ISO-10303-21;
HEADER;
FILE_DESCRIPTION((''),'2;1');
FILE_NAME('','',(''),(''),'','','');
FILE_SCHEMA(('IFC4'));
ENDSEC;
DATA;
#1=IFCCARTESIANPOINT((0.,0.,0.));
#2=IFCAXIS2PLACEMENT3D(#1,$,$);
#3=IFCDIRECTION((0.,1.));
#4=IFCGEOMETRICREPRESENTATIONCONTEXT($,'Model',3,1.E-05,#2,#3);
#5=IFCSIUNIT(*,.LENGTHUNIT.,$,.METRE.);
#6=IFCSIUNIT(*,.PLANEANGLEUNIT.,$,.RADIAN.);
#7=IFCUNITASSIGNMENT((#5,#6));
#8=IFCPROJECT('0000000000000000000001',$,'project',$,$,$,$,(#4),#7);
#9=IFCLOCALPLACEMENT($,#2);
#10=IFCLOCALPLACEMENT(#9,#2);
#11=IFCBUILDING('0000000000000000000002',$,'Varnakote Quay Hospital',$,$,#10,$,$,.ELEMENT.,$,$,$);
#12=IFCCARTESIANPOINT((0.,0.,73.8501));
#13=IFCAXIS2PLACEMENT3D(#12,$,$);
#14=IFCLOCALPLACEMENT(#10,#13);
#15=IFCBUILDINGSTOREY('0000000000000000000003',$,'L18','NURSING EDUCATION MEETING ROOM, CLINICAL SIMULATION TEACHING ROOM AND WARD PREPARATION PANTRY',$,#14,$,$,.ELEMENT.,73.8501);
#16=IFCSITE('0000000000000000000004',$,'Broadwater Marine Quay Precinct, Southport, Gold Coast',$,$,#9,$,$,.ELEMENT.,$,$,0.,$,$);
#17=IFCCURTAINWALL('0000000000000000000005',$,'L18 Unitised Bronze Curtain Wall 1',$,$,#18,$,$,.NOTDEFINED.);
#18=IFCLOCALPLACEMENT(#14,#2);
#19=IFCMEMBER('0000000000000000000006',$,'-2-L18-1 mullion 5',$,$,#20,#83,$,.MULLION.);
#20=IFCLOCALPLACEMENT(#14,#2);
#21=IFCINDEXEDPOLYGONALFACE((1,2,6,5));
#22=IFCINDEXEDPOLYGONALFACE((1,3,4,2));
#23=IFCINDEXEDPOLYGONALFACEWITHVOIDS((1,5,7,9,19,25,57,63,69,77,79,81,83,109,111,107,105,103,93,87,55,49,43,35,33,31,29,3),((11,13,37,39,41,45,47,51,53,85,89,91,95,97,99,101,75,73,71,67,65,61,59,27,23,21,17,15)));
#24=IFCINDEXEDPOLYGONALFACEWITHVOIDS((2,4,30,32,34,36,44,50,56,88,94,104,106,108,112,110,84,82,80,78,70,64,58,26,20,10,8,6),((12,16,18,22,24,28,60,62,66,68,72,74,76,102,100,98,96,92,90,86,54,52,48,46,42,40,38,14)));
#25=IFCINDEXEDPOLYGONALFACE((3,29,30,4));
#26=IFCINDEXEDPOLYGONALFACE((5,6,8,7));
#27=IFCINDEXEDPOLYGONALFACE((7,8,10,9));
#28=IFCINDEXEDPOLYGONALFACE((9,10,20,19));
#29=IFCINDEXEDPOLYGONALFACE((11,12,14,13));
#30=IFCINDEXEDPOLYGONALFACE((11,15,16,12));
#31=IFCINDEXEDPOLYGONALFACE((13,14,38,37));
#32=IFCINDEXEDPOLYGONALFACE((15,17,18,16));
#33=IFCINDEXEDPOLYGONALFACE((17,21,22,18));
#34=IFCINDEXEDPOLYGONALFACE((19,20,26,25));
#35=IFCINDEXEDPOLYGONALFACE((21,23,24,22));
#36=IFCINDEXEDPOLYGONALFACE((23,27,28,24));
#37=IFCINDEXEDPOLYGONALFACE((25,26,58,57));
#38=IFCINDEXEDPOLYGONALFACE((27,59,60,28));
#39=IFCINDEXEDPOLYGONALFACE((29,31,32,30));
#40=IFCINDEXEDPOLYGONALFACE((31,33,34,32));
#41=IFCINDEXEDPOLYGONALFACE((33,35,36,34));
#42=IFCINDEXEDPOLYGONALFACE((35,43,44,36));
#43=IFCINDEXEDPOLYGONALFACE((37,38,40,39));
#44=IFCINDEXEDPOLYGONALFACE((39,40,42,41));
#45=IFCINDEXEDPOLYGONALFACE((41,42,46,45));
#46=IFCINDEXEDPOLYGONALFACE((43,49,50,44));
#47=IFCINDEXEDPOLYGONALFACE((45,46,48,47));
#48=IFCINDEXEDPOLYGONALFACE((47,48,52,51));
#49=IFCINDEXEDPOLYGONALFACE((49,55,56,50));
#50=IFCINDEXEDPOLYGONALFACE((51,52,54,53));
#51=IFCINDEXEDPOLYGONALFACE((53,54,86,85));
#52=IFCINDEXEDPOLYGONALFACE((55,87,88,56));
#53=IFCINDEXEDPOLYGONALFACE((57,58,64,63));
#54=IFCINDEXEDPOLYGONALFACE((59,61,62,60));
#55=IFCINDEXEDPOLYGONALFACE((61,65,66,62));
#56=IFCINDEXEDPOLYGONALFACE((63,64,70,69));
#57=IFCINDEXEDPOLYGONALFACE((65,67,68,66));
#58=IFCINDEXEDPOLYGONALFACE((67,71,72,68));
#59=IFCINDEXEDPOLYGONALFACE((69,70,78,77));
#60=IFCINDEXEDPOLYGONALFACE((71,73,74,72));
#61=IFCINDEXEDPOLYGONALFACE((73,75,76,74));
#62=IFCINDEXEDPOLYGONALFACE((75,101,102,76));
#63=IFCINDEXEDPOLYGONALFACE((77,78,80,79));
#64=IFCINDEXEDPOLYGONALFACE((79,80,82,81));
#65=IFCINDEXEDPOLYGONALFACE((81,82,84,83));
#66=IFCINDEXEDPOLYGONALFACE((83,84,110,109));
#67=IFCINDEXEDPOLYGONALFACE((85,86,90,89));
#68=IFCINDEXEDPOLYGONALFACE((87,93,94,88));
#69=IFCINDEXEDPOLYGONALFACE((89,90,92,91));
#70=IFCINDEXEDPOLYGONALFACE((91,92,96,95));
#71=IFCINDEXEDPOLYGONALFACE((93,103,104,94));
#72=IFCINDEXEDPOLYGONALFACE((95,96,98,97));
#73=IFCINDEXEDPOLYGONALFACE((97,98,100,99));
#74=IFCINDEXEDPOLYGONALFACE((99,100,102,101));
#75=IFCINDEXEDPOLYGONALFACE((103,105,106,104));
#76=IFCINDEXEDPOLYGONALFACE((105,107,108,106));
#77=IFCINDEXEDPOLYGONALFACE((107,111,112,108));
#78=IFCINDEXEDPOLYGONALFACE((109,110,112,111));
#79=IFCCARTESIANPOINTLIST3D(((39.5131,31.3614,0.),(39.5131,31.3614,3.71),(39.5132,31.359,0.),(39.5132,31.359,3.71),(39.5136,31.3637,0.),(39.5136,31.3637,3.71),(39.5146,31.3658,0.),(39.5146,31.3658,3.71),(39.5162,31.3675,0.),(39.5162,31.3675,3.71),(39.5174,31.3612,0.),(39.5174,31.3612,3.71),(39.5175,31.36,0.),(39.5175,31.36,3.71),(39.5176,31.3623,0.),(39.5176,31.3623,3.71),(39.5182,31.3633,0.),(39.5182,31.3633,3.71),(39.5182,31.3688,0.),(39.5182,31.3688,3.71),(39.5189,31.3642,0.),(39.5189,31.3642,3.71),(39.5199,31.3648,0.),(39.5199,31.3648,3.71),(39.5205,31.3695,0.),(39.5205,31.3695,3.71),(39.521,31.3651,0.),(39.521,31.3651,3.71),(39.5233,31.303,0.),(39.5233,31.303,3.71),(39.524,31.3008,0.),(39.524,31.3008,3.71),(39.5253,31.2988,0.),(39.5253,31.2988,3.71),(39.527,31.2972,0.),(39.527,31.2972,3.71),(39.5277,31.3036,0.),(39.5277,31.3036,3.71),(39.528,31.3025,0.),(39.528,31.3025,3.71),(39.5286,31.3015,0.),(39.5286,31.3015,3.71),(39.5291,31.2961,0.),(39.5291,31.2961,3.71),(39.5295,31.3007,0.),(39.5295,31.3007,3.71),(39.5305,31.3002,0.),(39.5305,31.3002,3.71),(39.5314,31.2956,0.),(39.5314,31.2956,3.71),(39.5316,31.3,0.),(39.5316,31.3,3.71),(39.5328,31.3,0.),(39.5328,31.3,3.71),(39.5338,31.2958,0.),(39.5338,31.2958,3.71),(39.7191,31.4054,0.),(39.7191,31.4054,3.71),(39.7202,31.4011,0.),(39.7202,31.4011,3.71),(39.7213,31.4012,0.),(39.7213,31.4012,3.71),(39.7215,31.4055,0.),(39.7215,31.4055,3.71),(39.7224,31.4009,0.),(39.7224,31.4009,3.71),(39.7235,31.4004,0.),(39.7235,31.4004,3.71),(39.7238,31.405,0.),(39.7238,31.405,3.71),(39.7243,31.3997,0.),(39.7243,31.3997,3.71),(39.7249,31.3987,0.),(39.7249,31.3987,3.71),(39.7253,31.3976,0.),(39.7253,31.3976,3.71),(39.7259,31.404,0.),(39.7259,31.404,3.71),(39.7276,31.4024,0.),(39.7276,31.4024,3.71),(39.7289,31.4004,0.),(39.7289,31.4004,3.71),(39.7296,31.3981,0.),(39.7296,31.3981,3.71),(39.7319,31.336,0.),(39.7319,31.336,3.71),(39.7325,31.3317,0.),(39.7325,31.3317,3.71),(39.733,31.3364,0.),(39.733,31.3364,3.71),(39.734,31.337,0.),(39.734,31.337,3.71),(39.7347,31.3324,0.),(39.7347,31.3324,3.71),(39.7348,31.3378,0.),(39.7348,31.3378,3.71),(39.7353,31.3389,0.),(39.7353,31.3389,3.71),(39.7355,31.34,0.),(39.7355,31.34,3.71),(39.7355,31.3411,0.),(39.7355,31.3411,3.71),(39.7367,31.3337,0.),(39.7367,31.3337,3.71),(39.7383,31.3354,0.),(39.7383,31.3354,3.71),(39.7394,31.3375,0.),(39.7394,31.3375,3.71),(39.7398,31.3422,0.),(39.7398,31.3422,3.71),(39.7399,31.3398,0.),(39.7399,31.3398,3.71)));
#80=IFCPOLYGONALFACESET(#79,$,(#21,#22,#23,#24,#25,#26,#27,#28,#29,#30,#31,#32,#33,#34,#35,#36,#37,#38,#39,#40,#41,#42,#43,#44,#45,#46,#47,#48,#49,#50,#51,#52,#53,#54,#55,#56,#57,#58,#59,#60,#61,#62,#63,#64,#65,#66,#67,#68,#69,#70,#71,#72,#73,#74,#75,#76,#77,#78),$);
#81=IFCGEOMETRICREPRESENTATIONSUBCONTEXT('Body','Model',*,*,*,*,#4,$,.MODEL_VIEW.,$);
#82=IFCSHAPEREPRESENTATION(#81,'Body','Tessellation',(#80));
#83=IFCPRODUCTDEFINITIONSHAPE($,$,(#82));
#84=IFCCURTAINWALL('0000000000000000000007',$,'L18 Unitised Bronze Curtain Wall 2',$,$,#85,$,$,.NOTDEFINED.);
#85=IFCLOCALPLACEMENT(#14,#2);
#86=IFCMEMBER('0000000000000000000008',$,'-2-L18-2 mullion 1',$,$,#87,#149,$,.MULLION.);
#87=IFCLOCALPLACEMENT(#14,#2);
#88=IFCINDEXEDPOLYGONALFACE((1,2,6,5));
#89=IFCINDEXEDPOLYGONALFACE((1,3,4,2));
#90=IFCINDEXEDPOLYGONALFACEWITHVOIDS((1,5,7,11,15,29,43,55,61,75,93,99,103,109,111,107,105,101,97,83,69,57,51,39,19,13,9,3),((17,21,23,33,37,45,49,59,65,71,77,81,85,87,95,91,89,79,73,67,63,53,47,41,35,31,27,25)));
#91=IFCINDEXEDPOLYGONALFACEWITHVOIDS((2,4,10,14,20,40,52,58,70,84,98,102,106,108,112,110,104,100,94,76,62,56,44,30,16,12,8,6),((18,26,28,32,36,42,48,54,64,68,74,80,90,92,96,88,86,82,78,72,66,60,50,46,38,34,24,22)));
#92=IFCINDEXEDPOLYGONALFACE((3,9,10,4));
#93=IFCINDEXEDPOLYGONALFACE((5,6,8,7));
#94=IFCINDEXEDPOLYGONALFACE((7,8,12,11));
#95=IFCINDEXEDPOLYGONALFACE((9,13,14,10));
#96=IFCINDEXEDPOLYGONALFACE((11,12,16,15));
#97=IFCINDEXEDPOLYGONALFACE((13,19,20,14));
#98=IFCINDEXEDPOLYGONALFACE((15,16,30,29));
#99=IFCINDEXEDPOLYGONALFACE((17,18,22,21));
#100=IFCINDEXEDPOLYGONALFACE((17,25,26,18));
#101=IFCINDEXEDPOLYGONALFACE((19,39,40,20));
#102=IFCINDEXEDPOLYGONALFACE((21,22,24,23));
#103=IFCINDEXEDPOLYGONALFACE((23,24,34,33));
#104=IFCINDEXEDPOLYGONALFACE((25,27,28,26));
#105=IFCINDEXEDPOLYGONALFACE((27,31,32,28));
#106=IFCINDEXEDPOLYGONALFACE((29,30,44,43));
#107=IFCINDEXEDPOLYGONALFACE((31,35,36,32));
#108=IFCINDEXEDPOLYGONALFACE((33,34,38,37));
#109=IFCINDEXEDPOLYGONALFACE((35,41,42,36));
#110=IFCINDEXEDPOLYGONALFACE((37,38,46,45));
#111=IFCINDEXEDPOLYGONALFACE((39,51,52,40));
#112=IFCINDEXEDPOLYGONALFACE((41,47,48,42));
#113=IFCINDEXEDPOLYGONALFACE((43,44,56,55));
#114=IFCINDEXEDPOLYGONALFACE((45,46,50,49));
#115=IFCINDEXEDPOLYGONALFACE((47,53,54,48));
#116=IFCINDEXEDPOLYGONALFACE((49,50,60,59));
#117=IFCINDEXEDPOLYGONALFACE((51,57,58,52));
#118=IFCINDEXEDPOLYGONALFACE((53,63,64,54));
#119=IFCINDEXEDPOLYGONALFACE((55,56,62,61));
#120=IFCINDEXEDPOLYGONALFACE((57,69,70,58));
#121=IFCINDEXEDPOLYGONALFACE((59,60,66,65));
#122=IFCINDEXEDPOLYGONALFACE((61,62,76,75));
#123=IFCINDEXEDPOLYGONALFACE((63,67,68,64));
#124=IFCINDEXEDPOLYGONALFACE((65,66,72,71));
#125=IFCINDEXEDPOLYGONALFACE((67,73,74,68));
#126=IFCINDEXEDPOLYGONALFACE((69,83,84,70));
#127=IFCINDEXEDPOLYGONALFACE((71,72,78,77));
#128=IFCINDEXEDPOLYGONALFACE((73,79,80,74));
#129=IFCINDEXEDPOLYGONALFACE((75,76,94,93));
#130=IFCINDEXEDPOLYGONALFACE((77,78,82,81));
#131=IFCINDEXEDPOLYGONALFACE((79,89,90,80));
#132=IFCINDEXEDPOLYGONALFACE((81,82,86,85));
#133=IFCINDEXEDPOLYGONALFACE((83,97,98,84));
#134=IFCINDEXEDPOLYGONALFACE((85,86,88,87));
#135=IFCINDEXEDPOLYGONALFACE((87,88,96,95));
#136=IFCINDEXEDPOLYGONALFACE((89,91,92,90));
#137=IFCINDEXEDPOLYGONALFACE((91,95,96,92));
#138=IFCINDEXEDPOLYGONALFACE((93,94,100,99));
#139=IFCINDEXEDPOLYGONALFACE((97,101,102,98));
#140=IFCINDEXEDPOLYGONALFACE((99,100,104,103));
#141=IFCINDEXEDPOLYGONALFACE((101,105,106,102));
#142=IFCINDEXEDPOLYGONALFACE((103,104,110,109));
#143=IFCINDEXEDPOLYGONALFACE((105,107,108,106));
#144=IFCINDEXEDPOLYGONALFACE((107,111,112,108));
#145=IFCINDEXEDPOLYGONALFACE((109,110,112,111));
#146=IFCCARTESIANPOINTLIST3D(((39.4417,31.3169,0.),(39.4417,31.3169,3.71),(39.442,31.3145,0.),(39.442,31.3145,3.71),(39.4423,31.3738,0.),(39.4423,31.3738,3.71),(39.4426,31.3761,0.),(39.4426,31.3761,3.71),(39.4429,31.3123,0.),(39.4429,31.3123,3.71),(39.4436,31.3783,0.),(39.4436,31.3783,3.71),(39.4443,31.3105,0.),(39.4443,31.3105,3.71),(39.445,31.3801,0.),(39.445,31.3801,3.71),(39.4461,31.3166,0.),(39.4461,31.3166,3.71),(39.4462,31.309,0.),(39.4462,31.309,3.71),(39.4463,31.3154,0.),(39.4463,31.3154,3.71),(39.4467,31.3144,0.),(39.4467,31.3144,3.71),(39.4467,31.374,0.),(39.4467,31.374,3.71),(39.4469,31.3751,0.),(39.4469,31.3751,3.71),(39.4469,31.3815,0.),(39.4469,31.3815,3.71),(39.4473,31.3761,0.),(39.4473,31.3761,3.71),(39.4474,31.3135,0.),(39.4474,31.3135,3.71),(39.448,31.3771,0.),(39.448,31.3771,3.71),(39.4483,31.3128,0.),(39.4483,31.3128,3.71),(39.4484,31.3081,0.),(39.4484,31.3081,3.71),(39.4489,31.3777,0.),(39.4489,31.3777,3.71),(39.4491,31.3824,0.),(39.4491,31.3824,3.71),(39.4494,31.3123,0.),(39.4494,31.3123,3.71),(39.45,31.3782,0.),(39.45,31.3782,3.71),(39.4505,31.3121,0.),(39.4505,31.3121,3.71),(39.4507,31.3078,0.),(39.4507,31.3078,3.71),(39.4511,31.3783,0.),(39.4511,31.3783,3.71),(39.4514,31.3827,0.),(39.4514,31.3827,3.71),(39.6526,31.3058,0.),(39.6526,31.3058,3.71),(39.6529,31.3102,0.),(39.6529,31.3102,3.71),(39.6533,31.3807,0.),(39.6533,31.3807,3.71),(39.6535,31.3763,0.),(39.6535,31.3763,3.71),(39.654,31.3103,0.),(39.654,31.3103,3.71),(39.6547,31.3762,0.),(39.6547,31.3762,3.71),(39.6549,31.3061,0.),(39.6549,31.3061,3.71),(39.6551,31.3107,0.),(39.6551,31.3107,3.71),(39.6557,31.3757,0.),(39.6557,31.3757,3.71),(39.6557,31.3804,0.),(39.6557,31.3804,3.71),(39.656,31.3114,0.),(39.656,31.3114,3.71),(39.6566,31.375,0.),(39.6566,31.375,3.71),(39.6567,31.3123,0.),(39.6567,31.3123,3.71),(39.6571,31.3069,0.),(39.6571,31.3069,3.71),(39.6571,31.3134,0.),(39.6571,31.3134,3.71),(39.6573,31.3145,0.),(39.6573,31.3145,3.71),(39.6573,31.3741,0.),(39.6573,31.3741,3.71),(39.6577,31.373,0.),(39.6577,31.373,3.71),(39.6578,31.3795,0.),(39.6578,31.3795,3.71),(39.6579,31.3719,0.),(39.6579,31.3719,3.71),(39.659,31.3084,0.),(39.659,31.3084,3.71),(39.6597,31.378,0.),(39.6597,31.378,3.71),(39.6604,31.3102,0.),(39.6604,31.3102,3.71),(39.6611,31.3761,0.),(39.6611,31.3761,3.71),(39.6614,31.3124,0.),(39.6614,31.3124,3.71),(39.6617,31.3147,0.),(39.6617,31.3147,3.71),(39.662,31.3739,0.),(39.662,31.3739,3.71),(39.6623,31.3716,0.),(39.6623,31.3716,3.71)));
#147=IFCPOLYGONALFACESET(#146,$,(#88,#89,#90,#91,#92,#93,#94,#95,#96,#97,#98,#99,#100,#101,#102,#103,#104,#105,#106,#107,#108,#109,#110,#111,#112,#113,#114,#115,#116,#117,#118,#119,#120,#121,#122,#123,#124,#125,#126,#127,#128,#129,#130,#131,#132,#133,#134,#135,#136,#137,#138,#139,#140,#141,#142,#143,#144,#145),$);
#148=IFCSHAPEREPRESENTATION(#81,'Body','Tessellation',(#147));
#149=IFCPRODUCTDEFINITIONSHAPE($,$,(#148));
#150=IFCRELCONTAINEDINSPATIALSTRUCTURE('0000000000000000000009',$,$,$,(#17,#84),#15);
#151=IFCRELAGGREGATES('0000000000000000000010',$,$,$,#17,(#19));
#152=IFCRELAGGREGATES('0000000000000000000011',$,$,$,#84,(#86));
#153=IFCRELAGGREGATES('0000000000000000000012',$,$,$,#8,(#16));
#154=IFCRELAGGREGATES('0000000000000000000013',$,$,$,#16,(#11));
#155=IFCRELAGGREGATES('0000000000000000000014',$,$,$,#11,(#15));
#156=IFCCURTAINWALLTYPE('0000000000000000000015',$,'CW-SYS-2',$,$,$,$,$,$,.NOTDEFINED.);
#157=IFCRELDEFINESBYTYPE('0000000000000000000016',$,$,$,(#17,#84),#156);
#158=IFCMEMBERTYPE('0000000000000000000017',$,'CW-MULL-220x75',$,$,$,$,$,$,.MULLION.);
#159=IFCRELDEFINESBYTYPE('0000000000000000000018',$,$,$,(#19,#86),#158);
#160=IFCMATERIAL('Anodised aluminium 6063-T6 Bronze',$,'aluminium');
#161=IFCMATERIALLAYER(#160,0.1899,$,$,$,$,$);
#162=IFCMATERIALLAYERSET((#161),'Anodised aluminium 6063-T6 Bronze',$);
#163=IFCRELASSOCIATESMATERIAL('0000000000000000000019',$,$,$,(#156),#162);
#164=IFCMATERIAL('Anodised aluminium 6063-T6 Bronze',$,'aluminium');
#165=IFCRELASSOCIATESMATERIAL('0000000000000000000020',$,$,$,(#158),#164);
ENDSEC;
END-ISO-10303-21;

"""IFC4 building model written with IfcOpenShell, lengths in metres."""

from ifc_helpers import new_model, si_unit, direction, frame, origin, origin_2d, place, context, subcontext, project, spatial, hollow_rectangle, extrude, material, layer, layer_set, material_profile, profile_set, type_object, element, aggregate, save


model = new_model("IFC4")

# Units and contexts
model_context = context("Model", 3, precision=1e-05, world=origin(), true_north=direction((0.0, 1.0)))
body_context = subcontext(model_context, "Body", "Model", "MODEL_VIEW")
ifc_project = project(units=[si_unit("LENGTHUNIT", "METRE"), si_unit("PLANEANGLEUNIT", "RADIAN")], contexts=[model_context])

# Site, building, storey
site_placement = place(None, origin())
site = spatial("IfcSite", under=ifc_project, at=site_placement, Name="Broadwater Marine Quay Precinct, Southport, Gold Coast", CompositionType="ELEMENT", RefElevation=0.0)
building_placement = place(site_placement, origin())
building = spatial("IfcBuilding", under=site, at=building_placement, Name="Varnakote Quay Hospital", CompositionType="ELEMENT")
storey_placement = place(building_placement, frame((0.0, 0.0, 73.8501)))
storey = spatial("IfcBuildingStorey", under=building, at=storey_placement, Name="L18", Description="NURSING EDUCATION MEETING ROOM, CLINICAL SIMULATION TEACHING ROOM AND WARD PREPARATION PANTRY", CompositionType="ELEMENT", Elevation=73.8501)

# Curtain wall, member
ifc_material_1 = material(Name="Anodised aluminium 6063-T6 Bronze", Category="aluminium")
ifc_layer_1 = layer(ifc_material_1, 0.1899)
ifc_layer_set_1 = layer_set([ifc_layer_1], Name="Anodised aluminium 6063-T6 Bronze")
curtain_wall_type = type_object("IfcCurtainWallType", Name="CW-SYS-2", PredefinedType="NOTDEFINED", material=ifc_layer_set_1)
curtain_wall_1_placement = place(storey_placement, origin())
curtain_wall_1 = element("IfcCurtainWall", 1, at=curtain_wall_1_placement, inside=storey, type_object=curtain_wall_type, Name="L18 Unitised Bronze Curtain Wall 1", PredefinedType="NOTDEFINED")
ifc_material_2 = material(Name="Anodised aluminium 6063-T6 Bronze", Category="aluminium")
ifc_material_profile_1 = material_profile(ifc_material_2, hollow_rectangle(XDim=0.075, YDim=0.22, WallThickness=0.0044, InnerFilletRadius=0.0044, OuterFilletRadius=0.009, at=origin_2d()), Name="CW-MULL-220x75")
ifc_profile_set_1 = profile_set([ifc_material_profile_1], Name="Anodised aluminium 6063-T6 Bronze")
member_type_1 = type_object("IfcMemberType", Name="CW-MULL-220x75", PredefinedType="MULLION", material=ifc_profile_set_1)
member_1_placement = place(storey_placement, frame((39.6265, 31.3506, 0.0), z_axis=(0.0, 0.0, 1.0), x_axis=(0.177846, -0.984058, 0.0)))
member_1 = element("IfcMember", 2, at=member_1_placement, type_object=member_type_1, Name="-2-L18-1 mullion 5", PredefinedType="MULLION", context=body_context, shape_type="SweptSolid", body=[
    extrude(hollow_rectangle(XDim=0.075, YDim=0.22, WallThickness=0.0044, InnerFilletRadius=0.0044, OuterFilletRadius=0.009, at=origin_2d()), origin(), (0.0, 0.0, 1.0), 3.71),
])

# Curtain wall, member
curtain_wall_2_placement = place(storey_placement, origin())
curtain_wall_2 = element("IfcCurtainWall", 3, at=curtain_wall_2_placement, inside=storey, type_object=curtain_wall_type, Name="L18 Unitised Bronze Curtain Wall 2", PredefinedType="NOTDEFINED")
member_2_placement = place(storey_placement, frame((39.552, 31.3442, 0.0), z_axis=(0.0, 0.0, 1.0), x_axis=(-0.009774, -0.999952, 0.0)))
member_2 = element("IfcMember", 4, at=member_2_placement, type_object=member_type_1, Name="-2-L18-2 mullion 1", PredefinedType="MULLION", context=body_context, shape_type="SweptSolid", body=[
    extrude(hollow_rectangle(XDim=0.075, YDim=0.22, WallThickness=0.0044, InnerFilletRadius=0.0044, OuterFilletRadius=0.009, at=origin_2d()), origin(), (0.0, 0.0, 1.0), 3.71),
])

aggregate(curtain_wall_1, [member_1])
aggregate(curtain_wall_2, [member_2])

save(model, "model.ifc")
